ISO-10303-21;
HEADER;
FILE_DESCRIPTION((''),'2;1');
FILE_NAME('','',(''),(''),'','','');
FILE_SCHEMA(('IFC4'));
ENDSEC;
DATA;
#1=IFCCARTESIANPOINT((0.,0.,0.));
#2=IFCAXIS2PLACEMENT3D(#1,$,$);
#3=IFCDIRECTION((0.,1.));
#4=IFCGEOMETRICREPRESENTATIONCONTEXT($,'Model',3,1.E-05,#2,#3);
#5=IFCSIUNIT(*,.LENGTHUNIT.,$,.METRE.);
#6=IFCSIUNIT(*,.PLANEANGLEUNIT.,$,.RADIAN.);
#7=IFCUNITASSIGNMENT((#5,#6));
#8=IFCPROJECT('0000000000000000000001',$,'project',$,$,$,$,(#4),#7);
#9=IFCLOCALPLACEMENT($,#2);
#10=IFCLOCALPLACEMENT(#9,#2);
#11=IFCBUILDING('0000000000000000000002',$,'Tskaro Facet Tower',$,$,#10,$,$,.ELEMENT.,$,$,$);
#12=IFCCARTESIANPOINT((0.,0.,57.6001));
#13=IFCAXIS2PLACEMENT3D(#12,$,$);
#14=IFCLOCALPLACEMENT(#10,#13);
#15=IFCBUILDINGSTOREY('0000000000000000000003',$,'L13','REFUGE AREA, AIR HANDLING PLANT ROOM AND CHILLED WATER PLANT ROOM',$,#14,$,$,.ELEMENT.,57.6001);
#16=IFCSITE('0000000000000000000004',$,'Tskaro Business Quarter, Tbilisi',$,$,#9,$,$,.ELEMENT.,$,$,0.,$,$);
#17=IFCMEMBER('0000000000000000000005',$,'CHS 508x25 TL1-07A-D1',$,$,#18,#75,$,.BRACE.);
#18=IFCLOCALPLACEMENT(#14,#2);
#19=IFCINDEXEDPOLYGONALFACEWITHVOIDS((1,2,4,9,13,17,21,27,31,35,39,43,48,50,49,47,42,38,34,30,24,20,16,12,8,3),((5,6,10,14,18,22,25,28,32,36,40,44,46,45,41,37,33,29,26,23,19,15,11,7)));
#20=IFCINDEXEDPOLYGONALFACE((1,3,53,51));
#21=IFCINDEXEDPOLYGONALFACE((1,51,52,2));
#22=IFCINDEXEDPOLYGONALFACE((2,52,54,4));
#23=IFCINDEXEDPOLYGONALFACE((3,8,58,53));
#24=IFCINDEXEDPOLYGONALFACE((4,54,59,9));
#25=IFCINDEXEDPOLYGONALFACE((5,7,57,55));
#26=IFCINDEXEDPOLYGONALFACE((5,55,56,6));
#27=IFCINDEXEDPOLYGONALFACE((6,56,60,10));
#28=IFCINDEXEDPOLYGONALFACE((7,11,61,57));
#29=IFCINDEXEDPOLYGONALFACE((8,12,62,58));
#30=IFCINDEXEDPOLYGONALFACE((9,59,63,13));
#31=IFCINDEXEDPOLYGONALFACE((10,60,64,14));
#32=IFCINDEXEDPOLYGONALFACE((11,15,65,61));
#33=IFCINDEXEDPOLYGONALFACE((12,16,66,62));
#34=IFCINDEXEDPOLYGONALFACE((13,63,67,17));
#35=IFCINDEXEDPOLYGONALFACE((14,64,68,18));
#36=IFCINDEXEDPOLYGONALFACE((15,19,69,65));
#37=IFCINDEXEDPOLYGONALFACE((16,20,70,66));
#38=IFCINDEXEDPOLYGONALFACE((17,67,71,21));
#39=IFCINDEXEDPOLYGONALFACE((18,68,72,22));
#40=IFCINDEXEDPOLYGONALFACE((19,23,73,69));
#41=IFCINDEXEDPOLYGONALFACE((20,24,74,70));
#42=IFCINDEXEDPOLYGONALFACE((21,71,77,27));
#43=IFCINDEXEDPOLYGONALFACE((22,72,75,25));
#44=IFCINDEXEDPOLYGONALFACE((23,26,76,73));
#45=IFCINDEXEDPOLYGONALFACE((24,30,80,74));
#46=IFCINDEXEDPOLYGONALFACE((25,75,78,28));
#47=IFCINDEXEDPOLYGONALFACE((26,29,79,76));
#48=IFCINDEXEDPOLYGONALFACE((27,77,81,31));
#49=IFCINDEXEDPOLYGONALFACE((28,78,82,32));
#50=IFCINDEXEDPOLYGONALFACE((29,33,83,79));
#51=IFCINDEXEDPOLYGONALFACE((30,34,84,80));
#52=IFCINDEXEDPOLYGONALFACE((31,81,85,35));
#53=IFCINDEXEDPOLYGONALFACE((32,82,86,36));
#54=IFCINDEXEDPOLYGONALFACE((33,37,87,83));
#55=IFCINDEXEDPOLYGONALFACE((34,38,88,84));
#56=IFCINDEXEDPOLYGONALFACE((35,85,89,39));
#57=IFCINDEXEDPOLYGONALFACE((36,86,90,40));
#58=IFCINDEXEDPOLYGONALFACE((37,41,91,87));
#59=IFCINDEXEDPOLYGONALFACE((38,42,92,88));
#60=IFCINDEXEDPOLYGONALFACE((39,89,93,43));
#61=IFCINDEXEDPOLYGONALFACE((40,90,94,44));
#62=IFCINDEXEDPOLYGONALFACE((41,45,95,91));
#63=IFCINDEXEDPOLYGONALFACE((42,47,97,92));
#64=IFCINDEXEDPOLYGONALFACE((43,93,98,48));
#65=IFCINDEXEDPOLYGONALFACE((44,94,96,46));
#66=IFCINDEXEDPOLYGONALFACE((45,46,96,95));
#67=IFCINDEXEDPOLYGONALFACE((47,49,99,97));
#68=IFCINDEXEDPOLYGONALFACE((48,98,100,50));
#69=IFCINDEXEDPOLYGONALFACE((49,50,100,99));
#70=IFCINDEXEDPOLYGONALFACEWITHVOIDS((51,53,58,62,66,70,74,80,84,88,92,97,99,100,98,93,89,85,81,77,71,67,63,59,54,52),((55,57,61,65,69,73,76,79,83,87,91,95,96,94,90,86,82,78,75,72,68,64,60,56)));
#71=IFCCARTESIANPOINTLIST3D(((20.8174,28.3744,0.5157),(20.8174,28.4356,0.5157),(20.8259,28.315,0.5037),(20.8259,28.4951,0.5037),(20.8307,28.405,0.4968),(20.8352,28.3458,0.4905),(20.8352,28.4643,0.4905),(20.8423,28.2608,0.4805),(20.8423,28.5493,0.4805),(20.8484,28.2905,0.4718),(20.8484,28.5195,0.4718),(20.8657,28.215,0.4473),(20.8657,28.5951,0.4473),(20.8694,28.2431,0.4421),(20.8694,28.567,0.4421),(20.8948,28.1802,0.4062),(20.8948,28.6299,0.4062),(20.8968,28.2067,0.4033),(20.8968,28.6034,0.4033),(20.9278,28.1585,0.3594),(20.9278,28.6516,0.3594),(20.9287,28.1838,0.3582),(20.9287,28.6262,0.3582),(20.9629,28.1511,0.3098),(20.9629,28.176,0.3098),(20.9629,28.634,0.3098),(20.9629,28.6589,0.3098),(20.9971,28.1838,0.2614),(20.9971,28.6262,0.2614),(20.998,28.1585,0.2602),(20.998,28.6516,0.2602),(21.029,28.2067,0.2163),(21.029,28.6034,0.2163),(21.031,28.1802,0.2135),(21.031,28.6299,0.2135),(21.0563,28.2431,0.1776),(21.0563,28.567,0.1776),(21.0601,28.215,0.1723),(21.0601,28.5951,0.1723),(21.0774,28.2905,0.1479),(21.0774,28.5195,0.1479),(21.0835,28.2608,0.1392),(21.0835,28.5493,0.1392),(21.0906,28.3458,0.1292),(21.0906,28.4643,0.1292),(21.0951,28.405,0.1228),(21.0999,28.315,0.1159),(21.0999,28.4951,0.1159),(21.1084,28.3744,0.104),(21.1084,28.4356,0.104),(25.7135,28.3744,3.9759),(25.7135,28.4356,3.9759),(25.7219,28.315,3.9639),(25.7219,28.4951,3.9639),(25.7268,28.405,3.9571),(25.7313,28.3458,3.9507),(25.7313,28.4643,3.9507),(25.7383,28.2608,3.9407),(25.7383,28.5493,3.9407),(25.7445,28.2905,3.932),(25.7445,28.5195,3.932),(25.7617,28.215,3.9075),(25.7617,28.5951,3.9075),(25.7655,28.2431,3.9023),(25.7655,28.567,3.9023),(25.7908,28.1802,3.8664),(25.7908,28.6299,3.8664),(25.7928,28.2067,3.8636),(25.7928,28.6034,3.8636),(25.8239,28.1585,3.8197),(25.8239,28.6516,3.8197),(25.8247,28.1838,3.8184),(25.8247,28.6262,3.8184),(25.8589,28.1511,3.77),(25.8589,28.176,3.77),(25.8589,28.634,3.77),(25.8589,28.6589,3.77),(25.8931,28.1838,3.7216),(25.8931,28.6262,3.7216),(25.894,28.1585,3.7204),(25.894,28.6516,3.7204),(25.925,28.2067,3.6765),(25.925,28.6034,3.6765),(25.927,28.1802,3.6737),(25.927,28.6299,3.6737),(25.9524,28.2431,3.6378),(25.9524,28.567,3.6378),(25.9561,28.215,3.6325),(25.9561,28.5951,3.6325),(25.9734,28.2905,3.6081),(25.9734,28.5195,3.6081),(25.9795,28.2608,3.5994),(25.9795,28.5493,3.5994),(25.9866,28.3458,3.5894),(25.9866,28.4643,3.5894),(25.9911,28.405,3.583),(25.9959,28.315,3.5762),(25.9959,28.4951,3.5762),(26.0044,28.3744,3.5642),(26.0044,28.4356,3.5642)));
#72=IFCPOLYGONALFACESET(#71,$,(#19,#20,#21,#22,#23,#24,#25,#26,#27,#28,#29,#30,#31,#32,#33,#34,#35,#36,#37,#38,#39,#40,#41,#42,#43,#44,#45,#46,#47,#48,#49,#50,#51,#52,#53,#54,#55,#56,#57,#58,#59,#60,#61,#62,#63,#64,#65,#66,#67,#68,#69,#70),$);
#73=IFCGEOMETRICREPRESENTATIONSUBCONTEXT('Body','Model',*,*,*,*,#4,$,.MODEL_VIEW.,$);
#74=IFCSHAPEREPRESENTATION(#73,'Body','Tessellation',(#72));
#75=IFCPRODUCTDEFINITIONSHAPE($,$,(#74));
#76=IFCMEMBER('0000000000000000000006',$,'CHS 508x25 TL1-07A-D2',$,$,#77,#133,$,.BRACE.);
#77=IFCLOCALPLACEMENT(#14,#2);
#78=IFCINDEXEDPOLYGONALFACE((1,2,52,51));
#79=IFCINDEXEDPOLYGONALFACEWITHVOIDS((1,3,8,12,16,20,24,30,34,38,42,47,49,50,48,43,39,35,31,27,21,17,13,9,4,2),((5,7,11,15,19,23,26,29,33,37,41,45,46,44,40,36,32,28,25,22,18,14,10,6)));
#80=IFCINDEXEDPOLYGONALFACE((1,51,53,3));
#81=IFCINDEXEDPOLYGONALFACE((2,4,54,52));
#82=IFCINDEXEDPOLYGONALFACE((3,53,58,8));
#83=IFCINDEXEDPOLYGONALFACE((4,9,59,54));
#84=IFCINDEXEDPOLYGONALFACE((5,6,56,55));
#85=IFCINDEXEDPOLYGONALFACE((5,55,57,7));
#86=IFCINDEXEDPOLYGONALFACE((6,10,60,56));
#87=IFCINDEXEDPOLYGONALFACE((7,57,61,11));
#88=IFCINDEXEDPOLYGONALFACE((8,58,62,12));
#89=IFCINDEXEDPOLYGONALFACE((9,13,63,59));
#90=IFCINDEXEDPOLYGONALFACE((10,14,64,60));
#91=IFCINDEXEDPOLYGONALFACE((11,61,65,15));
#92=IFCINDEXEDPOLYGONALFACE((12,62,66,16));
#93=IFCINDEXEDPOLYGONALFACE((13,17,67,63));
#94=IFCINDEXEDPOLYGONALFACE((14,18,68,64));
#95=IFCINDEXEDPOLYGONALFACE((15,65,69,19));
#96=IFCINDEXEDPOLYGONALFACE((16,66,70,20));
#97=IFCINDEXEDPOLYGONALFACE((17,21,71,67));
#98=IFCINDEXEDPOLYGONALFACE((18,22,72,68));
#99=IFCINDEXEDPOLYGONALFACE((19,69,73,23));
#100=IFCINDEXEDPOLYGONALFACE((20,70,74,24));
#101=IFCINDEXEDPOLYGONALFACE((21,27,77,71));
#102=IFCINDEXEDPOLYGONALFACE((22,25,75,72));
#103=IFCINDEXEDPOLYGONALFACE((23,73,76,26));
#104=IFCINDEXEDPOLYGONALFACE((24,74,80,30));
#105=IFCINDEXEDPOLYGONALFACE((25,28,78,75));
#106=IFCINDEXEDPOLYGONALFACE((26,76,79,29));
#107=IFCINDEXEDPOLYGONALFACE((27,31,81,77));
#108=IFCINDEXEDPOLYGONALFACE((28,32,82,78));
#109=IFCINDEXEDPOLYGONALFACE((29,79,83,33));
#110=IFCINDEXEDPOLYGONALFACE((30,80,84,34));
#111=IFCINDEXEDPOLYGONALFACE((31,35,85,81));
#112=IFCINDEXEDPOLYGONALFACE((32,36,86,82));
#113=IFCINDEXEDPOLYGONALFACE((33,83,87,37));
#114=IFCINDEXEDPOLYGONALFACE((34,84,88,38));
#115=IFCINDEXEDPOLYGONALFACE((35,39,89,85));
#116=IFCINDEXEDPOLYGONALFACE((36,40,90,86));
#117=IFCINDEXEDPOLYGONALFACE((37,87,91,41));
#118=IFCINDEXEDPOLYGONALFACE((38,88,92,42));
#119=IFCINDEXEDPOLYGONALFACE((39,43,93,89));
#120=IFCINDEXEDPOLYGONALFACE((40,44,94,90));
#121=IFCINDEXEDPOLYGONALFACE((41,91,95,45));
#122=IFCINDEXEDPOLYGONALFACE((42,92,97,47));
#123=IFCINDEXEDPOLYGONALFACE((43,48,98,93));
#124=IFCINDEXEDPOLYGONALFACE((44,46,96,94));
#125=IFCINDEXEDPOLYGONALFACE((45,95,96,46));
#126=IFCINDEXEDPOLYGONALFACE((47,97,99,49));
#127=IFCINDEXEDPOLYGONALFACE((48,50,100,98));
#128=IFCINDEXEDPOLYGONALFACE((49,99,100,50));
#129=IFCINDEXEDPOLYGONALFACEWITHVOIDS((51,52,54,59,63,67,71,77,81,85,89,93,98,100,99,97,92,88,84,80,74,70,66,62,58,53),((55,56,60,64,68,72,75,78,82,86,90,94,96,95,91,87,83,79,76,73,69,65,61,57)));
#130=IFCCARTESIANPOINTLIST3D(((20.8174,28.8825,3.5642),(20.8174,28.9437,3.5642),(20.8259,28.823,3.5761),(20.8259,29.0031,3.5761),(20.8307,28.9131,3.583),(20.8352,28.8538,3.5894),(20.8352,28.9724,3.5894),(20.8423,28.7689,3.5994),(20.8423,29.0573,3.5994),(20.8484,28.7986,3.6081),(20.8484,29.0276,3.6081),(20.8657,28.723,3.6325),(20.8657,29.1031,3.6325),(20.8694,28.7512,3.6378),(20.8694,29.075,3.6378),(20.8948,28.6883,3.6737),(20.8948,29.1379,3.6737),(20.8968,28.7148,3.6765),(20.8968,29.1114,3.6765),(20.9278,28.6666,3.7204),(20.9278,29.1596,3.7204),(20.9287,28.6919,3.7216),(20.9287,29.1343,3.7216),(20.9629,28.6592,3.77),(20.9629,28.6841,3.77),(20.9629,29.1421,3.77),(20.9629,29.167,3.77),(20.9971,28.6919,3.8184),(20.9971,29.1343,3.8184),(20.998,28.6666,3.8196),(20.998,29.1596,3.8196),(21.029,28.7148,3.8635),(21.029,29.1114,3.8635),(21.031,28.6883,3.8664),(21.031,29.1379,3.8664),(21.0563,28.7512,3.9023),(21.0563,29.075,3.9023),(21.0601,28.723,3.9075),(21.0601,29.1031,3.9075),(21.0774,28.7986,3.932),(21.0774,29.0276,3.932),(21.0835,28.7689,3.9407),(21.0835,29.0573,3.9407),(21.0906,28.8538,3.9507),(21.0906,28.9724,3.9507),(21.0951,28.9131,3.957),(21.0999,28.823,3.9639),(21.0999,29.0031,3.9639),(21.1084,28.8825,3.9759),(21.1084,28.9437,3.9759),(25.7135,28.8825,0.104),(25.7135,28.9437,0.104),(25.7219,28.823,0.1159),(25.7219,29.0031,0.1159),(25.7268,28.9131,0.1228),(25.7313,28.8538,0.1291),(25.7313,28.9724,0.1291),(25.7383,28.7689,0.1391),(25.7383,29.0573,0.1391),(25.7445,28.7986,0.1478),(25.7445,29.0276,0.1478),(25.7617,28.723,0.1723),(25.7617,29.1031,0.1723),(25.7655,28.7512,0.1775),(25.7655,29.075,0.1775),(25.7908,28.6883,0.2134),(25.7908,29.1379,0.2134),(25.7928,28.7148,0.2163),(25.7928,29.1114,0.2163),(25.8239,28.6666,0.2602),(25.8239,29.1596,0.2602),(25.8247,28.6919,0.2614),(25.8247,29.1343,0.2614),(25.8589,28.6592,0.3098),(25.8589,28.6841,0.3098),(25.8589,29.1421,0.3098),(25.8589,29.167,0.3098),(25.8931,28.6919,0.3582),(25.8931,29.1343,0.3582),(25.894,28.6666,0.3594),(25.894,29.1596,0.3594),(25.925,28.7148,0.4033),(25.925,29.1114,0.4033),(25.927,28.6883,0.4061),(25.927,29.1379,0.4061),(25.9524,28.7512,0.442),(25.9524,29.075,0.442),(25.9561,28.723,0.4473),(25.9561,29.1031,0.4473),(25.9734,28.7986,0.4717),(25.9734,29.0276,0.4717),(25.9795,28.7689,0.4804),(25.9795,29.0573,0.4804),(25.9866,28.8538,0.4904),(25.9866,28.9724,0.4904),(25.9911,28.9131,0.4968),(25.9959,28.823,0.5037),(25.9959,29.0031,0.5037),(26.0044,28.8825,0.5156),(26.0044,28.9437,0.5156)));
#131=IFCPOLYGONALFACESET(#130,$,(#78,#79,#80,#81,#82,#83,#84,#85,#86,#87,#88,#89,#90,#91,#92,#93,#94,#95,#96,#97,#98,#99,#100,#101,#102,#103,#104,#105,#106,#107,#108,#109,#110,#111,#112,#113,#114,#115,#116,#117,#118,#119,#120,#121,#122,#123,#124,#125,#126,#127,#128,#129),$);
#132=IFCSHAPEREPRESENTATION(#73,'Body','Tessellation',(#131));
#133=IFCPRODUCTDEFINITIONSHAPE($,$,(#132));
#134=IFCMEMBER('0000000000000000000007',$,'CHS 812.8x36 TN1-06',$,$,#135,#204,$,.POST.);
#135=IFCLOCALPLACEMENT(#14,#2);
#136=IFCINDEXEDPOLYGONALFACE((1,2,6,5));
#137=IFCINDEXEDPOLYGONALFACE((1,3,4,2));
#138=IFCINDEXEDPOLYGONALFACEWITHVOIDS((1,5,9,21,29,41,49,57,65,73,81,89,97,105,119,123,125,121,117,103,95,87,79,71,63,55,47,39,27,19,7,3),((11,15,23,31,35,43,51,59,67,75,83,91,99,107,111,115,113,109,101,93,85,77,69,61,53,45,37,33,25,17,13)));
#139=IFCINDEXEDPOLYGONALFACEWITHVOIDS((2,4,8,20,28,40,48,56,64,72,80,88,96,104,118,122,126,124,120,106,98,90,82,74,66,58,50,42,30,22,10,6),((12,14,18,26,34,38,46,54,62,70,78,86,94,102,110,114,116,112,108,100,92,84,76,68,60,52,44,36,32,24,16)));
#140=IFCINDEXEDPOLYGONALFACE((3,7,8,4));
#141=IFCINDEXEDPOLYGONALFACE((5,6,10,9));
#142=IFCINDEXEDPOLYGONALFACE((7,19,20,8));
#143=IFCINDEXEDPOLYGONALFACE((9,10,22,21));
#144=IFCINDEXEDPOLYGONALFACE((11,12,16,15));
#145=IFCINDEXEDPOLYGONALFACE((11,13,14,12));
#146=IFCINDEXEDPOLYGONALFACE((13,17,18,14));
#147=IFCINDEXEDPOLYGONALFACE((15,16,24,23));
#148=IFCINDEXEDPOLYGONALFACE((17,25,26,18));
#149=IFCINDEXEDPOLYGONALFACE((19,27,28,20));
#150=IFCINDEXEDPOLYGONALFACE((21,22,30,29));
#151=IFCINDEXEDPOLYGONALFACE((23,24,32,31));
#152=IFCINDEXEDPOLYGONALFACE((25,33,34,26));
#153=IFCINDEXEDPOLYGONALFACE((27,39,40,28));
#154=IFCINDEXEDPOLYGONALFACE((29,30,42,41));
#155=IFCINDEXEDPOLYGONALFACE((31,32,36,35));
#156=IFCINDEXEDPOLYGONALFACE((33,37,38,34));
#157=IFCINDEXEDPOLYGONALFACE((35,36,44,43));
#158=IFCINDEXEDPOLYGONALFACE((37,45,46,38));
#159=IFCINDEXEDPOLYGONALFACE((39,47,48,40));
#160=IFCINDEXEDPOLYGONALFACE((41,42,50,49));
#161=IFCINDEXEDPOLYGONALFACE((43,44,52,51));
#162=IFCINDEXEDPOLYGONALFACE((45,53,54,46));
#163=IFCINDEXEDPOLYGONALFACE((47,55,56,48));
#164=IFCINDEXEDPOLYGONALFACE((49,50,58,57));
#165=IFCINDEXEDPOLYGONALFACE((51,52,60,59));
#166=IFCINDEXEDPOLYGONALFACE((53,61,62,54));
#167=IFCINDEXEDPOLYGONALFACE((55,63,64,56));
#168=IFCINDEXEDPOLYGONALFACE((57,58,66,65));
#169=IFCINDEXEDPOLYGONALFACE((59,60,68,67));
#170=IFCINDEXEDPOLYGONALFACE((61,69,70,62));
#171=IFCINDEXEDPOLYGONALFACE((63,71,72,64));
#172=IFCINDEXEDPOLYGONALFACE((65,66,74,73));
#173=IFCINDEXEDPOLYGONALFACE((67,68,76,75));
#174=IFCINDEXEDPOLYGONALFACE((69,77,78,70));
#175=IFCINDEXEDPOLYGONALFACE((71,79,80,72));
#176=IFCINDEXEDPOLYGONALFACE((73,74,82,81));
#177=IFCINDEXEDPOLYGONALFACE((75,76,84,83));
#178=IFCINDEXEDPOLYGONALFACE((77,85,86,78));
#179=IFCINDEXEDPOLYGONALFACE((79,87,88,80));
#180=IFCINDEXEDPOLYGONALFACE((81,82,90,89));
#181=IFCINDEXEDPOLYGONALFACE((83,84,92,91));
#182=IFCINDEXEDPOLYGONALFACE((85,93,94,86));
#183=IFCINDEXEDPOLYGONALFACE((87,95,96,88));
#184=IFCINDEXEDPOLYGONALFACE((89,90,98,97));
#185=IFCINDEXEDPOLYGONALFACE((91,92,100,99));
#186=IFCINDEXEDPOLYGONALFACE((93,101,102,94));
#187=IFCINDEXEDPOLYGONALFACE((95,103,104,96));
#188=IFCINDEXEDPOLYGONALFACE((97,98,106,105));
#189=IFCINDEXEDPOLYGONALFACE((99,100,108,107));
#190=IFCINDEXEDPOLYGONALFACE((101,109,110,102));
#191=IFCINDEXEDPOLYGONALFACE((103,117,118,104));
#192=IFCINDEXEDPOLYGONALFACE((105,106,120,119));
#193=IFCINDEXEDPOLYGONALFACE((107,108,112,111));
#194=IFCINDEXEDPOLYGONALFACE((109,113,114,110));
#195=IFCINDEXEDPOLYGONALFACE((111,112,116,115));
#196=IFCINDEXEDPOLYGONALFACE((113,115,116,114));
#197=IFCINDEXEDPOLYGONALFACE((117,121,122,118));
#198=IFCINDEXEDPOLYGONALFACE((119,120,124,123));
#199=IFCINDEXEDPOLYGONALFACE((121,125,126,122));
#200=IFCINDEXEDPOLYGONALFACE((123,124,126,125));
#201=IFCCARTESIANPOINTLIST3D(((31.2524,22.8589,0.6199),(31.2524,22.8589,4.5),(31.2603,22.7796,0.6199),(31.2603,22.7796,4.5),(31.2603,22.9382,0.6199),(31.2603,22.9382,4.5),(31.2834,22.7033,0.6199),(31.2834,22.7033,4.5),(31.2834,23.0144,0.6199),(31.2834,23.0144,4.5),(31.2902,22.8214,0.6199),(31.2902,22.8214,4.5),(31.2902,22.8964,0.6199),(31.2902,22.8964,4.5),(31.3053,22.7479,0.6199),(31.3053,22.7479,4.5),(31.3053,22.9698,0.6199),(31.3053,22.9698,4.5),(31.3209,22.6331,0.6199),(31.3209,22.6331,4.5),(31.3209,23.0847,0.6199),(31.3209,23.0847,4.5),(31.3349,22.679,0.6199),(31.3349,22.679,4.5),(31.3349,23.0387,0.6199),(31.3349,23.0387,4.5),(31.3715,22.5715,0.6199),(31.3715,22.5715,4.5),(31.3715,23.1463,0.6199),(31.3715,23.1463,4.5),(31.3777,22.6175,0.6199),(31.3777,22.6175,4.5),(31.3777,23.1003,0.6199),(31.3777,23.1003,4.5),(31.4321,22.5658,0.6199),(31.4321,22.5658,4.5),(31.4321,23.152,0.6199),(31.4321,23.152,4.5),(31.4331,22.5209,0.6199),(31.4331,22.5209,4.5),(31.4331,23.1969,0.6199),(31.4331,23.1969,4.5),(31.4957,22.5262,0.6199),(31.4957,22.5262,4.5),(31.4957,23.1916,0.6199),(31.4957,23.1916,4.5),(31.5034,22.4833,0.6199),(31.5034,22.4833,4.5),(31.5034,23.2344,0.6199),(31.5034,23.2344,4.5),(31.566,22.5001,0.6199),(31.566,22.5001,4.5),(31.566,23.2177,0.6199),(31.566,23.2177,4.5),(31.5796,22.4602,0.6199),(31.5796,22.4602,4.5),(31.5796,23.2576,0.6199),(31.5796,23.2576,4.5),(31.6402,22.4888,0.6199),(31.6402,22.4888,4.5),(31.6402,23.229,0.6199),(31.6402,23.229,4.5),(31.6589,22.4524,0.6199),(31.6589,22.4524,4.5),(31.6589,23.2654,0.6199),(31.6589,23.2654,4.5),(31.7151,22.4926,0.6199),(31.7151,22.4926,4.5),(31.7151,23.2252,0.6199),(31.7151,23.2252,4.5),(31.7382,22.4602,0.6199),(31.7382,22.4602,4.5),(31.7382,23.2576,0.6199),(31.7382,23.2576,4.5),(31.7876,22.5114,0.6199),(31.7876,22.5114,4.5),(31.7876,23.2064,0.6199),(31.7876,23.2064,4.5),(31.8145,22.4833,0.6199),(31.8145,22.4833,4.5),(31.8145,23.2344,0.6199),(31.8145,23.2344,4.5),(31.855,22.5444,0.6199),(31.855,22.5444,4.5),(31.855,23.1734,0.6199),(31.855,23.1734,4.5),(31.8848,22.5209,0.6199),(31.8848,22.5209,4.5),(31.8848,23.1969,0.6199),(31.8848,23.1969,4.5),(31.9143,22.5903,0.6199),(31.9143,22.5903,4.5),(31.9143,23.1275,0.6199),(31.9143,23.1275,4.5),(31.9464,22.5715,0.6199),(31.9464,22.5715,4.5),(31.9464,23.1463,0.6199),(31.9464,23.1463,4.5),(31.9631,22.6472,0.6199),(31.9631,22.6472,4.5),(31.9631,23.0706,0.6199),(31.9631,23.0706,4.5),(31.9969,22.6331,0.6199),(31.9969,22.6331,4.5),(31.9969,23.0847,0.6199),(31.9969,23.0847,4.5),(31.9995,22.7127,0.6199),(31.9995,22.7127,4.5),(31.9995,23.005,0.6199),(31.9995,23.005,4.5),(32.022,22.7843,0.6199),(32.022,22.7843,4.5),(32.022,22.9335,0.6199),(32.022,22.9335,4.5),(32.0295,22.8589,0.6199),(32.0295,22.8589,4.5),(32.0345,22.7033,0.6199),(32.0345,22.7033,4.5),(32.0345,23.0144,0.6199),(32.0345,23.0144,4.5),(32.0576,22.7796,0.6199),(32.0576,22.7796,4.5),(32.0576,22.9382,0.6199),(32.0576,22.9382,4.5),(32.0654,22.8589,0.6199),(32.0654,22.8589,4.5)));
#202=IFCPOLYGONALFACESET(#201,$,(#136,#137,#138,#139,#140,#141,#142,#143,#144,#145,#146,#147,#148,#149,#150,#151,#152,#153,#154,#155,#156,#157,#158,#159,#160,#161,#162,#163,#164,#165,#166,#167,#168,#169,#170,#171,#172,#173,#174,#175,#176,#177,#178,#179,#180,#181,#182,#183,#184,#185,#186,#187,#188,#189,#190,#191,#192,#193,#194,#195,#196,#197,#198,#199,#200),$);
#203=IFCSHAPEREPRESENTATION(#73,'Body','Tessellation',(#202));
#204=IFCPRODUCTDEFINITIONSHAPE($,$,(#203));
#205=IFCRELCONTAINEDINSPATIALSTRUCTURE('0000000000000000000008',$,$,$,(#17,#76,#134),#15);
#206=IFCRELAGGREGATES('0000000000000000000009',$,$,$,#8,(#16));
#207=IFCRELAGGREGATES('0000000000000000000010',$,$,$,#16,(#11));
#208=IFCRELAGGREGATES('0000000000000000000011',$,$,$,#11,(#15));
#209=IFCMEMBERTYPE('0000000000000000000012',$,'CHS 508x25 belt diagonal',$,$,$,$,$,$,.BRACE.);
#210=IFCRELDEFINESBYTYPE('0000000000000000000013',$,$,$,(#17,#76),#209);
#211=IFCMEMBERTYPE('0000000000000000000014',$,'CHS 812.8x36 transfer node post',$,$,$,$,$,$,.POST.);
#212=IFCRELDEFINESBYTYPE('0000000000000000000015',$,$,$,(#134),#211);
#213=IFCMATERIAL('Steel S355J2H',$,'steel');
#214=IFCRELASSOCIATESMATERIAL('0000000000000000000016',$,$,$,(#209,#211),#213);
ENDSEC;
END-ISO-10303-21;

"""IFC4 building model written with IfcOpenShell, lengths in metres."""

from ifc_helpers import new_model, si_unit, direction, frame, origin, origin_2d, place, context, subcontext, project, spatial, hollow_circle, extrude, material, material_profile, profile_set, type_object, element, save


model = new_model("IFC4")

# Units and contexts
model_context = context("Model", 3, precision=1e-05, world=origin(), true_north=direction((0.0, 1.0)))
body_context = subcontext(model_context, "Body", "Model", "MODEL_VIEW")
ifc_project = project(units=[si_unit("LENGTHUNIT", "METRE"), si_unit("PLANEANGLEUNIT", "RADIAN")], contexts=[model_context])

# Site, building, storey
site_placement = place(None, origin())
site = spatial("IfcSite", under=ifc_project, at=site_placement, Name="Tskaro Business Quarter, Tbilisi", CompositionType="ELEMENT", RefElevation=0.0)
building_placement = place(site_placement, origin())
building = spatial("IfcBuilding", under=site, at=building_placement, Name="Tskaro Facet Tower", CompositionType="ELEMENT")
storey_placement = place(building_placement, frame((0.0, 0.0, 57.6001)))
storey = spatial("IfcBuildingStorey", under=building, at=storey_placement, Name="L13", Description="REFUGE AREA, AIR HANDLING PLANT ROOM AND CHILLED WATER PLANT ROOM", CompositionType="ELEMENT", Elevation=57.6001)

# Members
ifc_material_1 = material(Name="Steel S355J2H", Category="steel")
ifc_material_profile_1 = material_profile(ifc_material_1, hollow_circle(Radius=0.2539, WallThickness=0.0249, at=origin_2d()), Name="CHS 508x25")
ifc_profile_set_1 = profile_set([ifc_material_profile_1], Name="Steel S355J2H")
member_type_1 = type_object("IfcMemberType", Name="CHS 508x25 belt diagonal", PredefinedType="BRACE", material=ifc_profile_set_1)
for number, where, z_axis, x_axis, name in (
    (1, (20.9629, 28.405, 0.3098), (0.816637, 0.0, 0.577152), (0.0, 1.0, 0.0), "CHS 508x25 TL1-07A-D1"),
    (2, (20.9629, 28.9131, 3.77), (0.816637, 0.0, -0.577152), (0.0, 1.0, 0.0), "CHS 508x25 TL1-07A-D2"),
):
    element("IfcMember", number, at=place(storey_placement, frame(where, z_axis=z_axis, x_axis=x_axis)), inside=storey, type_object=member_type_1, Name=name, PredefinedType="BRACE", context=body_context, shape_type="SweptSolid", body=[
        extrude(hollow_circle(Radius=0.2539, WallThickness=0.0249, at=origin_2d()), origin(), (0.0, 0.0, 1.0), 5.9954),
    ])
ifc_material_profile_2 = material_profile(ifc_material_1, hollow_circle(Radius=0.4065, WallThickness=0.0359, at=origin_2d()), Name="CHS 812.8x36")
ifc_profile_set_2 = profile_set([ifc_material_profile_2], Name="Steel S355J2H")
member_type_2 = type_object("IfcMemberType", Name="CHS 812.8x36 transfer node post", PredefinedType="POST", material=ifc_profile_set_2)
for number, where, z_axis, x_axis, name in (
    (3, (31.6589, 22.8589, 0.6199), (0.0, 0.0, 1.0), (1.0, 0.0, 0.0), "CHS 812.8x36 TN1-06"),
):
    element("IfcMember", number, at=place(storey_placement, frame(where, z_axis=z_axis, x_axis=x_axis)), inside=storey, type_object=member_type_2, Name=name, PredefinedType="POST", context=body_context, shape_type="SweptSolid", body=[
        extrude(hollow_circle(Radius=0.4065, WallThickness=0.0359, at=origin_2d()), origin(), (0.0, 0.0, 1.0), 3.8801),
    ])

save(model, "model.ifc")
